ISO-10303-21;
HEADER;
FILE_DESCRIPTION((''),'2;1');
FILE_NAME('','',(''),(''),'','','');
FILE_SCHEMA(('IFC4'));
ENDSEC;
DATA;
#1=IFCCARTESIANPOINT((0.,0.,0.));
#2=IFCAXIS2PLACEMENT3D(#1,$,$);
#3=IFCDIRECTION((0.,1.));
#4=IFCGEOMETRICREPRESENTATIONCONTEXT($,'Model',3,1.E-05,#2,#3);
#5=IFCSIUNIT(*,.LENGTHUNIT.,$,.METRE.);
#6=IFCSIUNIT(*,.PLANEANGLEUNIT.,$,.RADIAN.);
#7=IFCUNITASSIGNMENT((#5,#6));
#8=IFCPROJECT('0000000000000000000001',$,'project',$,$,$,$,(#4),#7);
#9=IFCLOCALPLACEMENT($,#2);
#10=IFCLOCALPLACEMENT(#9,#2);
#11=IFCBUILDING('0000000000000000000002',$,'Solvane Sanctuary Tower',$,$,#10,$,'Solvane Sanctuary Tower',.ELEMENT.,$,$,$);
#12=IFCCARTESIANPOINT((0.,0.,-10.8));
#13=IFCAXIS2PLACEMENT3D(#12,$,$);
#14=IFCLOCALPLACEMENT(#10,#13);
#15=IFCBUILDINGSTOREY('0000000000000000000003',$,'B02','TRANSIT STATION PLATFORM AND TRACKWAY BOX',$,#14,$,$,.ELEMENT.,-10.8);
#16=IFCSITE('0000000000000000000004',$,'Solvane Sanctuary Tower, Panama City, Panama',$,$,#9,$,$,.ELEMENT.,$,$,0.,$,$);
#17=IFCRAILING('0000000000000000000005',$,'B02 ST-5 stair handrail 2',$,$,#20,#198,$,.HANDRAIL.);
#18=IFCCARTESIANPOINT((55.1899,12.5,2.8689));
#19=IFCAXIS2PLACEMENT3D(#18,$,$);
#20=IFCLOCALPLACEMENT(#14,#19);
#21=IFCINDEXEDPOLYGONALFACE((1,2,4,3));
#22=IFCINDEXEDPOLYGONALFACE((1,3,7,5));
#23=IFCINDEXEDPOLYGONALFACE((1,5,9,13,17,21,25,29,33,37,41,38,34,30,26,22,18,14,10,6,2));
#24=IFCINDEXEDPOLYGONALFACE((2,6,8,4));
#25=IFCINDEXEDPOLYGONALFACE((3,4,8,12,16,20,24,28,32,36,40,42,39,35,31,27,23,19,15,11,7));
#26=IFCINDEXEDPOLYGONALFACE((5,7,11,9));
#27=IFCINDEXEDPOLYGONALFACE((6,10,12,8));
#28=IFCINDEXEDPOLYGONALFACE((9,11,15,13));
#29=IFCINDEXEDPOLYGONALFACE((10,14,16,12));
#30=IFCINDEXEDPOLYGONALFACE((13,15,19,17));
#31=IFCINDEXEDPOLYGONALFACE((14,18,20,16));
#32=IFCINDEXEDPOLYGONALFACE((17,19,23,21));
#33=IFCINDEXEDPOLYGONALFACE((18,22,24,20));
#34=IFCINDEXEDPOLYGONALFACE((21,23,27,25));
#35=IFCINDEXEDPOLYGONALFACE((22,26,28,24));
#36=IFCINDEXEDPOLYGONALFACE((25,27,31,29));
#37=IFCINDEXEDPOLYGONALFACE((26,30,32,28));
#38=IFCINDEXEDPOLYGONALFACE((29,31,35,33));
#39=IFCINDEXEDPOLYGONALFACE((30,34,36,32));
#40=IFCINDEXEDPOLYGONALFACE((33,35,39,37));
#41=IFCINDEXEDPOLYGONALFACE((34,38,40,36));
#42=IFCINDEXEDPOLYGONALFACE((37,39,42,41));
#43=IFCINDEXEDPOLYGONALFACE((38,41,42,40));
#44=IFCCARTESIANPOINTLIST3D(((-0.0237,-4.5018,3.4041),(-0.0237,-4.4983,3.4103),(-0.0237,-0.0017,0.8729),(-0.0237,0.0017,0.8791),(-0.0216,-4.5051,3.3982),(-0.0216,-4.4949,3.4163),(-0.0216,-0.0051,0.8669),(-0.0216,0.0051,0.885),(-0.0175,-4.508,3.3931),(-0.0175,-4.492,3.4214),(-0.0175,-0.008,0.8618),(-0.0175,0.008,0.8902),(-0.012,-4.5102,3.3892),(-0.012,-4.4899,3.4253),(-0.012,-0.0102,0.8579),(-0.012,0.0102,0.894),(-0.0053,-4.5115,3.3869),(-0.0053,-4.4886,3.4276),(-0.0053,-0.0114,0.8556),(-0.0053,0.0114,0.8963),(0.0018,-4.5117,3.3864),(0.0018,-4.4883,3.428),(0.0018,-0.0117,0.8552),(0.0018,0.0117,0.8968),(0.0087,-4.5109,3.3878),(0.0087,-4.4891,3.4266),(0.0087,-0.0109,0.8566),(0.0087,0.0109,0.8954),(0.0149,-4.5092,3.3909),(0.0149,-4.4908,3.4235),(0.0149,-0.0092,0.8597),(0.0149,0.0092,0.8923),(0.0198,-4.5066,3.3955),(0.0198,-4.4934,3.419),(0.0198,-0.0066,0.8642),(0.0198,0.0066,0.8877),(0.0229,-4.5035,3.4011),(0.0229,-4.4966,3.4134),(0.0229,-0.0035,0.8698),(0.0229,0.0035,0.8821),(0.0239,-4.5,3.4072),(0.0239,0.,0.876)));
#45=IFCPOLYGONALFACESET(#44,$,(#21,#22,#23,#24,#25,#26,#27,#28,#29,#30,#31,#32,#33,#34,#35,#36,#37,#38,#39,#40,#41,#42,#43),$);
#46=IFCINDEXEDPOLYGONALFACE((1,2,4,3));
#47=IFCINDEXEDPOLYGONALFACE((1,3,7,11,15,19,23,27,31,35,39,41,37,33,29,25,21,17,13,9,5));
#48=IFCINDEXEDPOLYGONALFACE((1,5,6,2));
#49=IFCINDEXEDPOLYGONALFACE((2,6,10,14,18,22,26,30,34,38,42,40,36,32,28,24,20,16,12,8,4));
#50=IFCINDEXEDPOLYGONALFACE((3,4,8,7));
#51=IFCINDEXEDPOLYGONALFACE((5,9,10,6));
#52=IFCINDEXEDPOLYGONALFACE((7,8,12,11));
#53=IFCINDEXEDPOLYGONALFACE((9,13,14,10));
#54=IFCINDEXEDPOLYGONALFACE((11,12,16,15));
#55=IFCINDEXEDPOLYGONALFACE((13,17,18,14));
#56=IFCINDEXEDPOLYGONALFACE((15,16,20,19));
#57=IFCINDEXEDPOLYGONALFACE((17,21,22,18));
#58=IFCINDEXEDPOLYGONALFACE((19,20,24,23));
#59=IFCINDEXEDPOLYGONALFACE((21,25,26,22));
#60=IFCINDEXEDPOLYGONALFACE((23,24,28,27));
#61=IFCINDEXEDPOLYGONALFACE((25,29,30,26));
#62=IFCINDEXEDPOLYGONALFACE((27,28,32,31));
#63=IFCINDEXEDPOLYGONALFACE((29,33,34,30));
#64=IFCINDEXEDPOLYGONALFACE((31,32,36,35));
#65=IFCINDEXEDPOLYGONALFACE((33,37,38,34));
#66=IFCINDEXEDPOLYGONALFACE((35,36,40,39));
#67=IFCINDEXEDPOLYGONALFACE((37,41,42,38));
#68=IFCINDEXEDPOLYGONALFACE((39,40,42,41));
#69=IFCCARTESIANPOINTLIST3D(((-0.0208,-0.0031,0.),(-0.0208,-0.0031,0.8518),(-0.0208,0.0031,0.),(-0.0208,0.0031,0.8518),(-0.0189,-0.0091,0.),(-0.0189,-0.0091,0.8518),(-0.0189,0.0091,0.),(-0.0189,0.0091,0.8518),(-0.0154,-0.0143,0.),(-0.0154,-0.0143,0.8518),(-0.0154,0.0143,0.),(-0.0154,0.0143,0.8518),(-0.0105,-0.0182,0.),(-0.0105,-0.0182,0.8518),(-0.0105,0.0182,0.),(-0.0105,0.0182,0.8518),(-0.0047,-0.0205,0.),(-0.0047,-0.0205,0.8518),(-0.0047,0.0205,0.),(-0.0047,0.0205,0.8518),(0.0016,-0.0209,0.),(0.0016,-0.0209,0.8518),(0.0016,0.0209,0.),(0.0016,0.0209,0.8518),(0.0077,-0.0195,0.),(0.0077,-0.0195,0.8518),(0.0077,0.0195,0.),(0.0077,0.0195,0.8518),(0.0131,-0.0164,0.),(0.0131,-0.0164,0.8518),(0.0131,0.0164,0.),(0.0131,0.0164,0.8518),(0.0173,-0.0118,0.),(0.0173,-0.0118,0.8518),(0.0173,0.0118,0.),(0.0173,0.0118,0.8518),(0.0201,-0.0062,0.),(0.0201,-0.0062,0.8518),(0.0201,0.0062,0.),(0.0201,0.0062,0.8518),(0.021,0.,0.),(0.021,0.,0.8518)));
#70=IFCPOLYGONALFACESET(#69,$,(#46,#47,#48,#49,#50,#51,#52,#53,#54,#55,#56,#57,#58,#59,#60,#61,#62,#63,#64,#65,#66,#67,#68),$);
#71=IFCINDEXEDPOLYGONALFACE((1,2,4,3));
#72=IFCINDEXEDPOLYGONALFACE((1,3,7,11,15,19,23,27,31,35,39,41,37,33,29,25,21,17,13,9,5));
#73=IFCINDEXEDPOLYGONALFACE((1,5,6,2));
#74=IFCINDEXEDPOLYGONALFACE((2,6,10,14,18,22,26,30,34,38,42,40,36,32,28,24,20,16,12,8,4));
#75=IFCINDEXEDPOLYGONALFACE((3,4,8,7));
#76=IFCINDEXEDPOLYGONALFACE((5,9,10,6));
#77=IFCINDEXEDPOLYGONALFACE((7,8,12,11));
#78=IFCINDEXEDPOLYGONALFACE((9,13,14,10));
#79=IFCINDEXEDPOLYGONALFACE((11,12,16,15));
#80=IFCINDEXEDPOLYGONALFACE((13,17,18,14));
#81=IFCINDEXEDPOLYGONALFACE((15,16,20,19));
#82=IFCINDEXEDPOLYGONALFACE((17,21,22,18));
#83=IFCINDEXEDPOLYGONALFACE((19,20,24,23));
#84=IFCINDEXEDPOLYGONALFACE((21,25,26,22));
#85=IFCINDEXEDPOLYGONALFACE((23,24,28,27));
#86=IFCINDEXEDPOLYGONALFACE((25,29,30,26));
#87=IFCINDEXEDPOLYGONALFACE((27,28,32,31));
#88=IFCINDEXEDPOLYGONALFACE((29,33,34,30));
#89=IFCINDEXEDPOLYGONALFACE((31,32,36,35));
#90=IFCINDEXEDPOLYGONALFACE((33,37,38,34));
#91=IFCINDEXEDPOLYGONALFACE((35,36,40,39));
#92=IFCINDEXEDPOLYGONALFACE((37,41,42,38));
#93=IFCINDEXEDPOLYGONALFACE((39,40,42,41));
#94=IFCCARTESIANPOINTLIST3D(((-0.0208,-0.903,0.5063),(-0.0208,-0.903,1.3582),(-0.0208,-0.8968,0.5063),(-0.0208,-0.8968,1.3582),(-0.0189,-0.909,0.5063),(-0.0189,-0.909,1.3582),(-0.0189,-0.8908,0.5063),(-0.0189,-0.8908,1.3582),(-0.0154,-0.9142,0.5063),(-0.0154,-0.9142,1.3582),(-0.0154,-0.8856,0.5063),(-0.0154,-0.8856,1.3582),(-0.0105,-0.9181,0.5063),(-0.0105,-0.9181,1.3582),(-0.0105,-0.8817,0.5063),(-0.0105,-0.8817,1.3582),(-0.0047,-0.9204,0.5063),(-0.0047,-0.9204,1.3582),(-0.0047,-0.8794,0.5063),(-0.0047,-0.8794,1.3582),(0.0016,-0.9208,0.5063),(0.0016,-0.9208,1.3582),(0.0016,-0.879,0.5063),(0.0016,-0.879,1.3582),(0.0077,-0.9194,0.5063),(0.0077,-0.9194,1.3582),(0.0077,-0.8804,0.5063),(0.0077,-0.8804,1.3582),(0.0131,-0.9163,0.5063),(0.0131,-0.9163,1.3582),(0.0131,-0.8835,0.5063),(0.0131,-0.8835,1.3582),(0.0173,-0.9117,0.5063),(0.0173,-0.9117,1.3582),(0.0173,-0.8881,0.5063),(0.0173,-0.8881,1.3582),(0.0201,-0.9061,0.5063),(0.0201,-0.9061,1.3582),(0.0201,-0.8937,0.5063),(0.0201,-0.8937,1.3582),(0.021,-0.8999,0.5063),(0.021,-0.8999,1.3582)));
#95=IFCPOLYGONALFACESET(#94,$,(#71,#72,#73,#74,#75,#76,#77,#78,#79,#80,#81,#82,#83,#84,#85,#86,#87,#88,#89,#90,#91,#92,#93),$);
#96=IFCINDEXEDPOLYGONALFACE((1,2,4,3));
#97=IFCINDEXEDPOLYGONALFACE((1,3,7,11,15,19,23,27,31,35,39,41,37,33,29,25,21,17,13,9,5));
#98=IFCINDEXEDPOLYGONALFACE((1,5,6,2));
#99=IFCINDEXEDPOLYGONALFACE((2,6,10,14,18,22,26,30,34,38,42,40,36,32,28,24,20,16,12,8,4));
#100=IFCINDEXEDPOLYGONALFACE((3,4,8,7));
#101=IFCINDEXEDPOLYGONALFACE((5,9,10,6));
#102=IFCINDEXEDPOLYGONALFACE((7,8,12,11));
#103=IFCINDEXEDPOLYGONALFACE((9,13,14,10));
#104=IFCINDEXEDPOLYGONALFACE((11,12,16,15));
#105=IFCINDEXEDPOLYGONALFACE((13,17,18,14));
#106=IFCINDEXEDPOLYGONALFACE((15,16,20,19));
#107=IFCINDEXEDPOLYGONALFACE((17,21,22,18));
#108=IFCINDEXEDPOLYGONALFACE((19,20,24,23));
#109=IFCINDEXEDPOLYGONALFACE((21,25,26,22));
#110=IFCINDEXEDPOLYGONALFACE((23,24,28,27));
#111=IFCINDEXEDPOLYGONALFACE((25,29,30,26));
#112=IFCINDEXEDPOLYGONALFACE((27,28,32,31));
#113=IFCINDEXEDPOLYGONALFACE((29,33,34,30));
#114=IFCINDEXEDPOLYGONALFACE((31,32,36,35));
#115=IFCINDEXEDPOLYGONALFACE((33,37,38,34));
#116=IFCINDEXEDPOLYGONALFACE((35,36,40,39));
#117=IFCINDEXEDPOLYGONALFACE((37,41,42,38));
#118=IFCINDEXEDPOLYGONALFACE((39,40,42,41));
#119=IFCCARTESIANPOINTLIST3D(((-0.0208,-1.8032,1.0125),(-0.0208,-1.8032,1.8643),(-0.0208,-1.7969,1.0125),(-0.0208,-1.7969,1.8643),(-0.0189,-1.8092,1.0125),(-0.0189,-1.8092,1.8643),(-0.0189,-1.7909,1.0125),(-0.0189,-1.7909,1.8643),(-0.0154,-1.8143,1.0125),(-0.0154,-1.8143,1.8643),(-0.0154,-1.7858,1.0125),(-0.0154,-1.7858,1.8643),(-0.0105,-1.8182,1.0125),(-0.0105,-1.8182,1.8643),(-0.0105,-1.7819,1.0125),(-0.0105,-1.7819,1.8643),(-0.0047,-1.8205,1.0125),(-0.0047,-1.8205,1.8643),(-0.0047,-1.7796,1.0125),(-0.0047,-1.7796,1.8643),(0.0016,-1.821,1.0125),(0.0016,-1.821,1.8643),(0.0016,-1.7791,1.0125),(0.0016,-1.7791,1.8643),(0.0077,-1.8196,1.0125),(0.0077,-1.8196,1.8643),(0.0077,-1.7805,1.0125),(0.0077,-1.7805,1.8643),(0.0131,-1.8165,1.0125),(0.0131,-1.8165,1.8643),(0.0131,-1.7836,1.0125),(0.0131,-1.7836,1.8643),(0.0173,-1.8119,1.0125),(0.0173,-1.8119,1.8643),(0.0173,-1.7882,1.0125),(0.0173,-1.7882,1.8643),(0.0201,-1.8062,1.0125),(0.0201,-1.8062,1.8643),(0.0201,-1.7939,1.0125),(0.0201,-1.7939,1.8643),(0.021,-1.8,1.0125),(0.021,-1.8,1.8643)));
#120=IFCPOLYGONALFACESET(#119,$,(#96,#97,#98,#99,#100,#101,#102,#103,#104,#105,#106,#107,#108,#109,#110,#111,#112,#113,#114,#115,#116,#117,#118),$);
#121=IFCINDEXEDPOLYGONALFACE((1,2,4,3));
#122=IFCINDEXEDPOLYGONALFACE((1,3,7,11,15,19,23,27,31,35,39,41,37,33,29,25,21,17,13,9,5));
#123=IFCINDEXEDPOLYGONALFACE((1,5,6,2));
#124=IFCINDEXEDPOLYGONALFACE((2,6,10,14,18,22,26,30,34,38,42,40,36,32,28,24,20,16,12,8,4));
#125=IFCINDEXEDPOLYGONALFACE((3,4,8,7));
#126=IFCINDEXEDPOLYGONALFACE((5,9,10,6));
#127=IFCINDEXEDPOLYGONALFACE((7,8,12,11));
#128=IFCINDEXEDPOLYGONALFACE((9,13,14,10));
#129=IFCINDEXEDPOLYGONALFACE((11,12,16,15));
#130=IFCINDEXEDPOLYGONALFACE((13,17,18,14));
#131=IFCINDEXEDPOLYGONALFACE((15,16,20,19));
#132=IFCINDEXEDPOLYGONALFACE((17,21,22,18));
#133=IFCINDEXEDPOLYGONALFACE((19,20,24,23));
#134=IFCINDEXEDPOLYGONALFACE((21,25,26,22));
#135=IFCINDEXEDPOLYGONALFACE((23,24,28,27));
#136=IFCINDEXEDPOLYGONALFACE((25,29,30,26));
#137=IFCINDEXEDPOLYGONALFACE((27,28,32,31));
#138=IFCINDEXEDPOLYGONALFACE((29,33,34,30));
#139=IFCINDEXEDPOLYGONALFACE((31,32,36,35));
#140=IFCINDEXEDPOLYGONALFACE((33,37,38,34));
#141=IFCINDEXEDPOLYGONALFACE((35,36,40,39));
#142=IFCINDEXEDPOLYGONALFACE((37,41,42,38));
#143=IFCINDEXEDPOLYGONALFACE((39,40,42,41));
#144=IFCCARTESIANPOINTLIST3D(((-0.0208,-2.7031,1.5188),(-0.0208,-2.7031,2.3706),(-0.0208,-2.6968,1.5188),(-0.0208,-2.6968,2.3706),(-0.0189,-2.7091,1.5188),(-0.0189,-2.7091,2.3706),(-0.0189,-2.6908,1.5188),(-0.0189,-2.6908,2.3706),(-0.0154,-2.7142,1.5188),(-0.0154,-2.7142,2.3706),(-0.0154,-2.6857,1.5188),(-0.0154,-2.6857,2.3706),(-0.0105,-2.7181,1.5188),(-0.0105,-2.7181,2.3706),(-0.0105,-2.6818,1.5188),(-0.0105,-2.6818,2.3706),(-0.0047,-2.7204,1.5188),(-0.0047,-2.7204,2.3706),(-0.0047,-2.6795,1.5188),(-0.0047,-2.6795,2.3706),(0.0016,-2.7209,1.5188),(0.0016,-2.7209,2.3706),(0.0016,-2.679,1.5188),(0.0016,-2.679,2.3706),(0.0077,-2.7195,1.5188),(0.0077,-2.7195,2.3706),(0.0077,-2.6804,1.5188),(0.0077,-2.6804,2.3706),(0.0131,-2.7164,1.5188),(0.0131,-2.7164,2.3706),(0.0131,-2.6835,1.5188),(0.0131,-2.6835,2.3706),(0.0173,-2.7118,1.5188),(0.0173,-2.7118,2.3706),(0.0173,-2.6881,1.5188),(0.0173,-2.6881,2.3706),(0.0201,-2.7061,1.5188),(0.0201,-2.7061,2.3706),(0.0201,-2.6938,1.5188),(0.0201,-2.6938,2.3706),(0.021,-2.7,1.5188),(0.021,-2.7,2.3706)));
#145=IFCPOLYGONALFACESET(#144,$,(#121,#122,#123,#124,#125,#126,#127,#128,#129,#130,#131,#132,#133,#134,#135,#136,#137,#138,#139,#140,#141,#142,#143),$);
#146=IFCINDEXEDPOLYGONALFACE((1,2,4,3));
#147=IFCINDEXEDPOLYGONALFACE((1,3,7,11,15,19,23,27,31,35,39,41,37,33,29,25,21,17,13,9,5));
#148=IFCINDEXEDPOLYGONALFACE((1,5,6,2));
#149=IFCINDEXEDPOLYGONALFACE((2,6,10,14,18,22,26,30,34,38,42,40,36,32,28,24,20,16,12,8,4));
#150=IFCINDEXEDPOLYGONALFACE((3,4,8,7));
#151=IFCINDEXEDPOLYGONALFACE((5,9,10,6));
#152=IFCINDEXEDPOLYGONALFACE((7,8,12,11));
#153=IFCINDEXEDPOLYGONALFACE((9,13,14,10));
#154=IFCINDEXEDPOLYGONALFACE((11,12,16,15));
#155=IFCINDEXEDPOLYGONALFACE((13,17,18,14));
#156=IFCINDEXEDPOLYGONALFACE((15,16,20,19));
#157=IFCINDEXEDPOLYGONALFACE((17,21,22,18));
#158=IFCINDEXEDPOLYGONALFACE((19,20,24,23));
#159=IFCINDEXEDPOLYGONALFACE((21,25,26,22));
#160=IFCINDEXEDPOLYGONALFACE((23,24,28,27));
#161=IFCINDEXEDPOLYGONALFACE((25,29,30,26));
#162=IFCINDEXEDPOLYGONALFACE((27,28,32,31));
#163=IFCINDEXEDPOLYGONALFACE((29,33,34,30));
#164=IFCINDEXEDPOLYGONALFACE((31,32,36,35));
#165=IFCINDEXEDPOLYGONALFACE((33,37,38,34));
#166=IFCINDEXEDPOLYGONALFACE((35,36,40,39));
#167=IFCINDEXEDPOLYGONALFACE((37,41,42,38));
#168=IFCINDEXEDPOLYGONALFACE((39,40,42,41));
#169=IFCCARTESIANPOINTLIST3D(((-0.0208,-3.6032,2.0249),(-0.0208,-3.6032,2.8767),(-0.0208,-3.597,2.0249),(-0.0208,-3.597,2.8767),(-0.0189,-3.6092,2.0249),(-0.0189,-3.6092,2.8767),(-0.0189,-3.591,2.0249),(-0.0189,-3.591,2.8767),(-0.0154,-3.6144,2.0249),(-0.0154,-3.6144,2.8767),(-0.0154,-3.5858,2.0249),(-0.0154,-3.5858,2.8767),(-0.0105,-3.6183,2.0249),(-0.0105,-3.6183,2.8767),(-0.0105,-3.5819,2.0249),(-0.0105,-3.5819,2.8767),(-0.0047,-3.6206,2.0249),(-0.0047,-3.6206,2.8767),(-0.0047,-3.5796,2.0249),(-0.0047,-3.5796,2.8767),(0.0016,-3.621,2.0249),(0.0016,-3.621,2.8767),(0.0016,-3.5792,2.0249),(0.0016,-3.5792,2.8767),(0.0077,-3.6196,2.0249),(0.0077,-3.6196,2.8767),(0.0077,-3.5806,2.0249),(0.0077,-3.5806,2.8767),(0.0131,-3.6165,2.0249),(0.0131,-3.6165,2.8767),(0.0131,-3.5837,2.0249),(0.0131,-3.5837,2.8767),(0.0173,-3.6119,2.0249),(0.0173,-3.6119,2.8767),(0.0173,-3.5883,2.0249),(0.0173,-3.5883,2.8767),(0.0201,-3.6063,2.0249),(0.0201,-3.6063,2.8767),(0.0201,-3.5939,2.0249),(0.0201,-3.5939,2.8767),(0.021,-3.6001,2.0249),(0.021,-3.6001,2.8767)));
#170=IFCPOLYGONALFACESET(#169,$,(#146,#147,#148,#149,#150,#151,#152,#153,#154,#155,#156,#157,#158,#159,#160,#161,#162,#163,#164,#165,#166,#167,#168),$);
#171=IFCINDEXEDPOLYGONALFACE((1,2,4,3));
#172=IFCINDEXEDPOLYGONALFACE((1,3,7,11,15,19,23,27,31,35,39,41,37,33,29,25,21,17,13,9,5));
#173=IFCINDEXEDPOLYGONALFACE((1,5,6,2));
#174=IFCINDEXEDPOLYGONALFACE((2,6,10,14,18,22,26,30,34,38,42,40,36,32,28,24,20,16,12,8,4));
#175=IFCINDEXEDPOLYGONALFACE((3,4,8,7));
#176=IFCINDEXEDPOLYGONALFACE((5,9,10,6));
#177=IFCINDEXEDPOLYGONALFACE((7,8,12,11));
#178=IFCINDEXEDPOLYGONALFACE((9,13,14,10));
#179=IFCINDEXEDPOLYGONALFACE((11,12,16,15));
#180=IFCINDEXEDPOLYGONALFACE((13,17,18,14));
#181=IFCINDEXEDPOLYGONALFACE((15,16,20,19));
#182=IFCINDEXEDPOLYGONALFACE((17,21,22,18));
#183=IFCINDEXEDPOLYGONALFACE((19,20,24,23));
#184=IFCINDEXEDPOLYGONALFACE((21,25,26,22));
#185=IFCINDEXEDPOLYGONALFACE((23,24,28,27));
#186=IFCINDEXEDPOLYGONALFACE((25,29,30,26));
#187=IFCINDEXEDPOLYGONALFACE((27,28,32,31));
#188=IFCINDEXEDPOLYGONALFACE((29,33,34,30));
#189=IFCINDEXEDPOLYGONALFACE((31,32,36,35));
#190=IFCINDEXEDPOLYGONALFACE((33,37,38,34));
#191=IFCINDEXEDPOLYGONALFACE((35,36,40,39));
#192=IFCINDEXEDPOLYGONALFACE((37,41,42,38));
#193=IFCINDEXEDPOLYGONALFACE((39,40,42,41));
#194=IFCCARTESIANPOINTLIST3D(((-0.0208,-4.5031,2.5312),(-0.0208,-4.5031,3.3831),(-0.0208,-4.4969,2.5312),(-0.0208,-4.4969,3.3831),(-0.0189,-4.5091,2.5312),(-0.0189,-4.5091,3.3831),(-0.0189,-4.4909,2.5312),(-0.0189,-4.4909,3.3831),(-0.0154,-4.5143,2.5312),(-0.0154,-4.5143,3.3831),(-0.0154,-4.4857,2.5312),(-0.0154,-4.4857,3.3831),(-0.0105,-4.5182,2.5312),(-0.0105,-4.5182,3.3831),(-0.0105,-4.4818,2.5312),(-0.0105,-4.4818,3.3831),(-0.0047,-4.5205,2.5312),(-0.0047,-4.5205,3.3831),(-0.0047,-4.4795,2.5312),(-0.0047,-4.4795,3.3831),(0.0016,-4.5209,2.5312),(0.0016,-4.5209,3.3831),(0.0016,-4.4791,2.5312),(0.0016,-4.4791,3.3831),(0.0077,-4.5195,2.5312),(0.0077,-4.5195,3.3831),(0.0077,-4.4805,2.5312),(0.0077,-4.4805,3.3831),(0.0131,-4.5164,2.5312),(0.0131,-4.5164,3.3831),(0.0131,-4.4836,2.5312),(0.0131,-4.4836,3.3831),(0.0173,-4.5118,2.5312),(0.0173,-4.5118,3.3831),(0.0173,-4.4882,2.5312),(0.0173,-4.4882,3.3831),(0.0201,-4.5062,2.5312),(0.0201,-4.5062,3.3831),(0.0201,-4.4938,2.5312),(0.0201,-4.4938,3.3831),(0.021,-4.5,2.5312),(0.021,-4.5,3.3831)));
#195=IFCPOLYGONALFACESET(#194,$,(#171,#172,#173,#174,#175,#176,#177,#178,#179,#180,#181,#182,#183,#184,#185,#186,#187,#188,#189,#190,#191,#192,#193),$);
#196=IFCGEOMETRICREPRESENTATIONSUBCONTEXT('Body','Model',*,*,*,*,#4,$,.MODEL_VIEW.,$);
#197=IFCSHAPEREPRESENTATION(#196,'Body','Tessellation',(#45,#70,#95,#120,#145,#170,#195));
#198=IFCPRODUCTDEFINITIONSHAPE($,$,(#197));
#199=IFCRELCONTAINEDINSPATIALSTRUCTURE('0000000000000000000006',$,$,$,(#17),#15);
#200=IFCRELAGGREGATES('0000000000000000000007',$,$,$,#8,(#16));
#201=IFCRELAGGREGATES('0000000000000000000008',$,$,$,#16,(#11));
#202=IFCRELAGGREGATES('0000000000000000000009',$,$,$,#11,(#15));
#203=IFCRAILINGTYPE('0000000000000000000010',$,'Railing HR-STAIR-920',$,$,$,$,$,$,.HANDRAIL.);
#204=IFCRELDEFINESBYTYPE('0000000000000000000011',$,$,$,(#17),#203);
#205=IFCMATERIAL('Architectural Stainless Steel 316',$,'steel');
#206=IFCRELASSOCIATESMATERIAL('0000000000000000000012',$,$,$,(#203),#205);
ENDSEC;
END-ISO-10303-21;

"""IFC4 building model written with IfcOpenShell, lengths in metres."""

from ifc_helpers import new_model, si_unit, direction, frame, origin, origin_2d, place, context, subcontext, project, spatial, circle, extrude, material, type_object, element, save


model = new_model("IFC4")

# Units and contexts
model_context = context("Model", 3, precision=1e-05, world=origin(), true_north=direction((0.0, 1.0)))
body_context = subcontext(model_context, "Body", "Model", "MODEL_VIEW")
ifc_project = project(units=[si_unit("LENGTHUNIT", "METRE"), si_unit("PLANEANGLEUNIT", "RADIAN")], contexts=[model_context])

# Site, building, storey
site_placement = place(None, origin())
site = spatial("IfcSite", under=ifc_project, at=site_placement, Name="Solvane Sanctuary Tower, Panama City, Panama", CompositionType="ELEMENT", RefElevation=0.0)
building_placement = place(site_placement, origin())
building = spatial("IfcBuilding", under=site, at=building_placement, Name="Solvane Sanctuary Tower", LongName="Solvane Sanctuary Tower", CompositionType="ELEMENT")
storey_placement = place(building_placement, frame((0.0, 0.0, -10.8)))
storey = spatial("IfcBuildingStorey", under=building, at=storey_placement, Name="B02", Description="TRANSIT STATION PLATFORM AND TRACKWAY BOX", CompositionType="ELEMENT", Elevation=-10.8)

# Shared definitions
ifc_material_1 = material(Name="Architectural Stainless Steel 316", Category="steel")

# Railing
railing_type_1 = type_object("IfcRailingType", Name="Railing HR-STAIR-920", PredefinedType="HANDRAIL", material=ifc_material_1)
railing_1_placement = place(storey_placement, frame((55.1899, 12.5, 2.8689)))
element("IfcRailing", 1, at=railing_1_placement, inside=storey, type_object=railing_type_1, Name="B02 ST-5 stair handrail 2", PredefinedType="HANDRAIL", context=body_context, shape_type="SweptSolid", body=[
    extrude(circle(Radius=0.0239, at=origin_2d()), frame((0.0, 0.0, 0.876), z_axis=(0.0, -0.871576, 0.490261), x_axis=(1.0, 0.0, 0.0)), (0.0, 0.0, 1.0), 5.1631),
    extrude(circle(Radius=0.021, at=origin_2d()), origin(), (0.0, 0.0, 1.0), 0.8518),
    extrude(circle(Radius=0.021, at=origin_2d()), frame((0.0, -0.8999, 0.5063)), (0.0, 0.0, 1.0), 0.8518),
    extrude(circle(Radius=0.021, at=origin_2d()), frame((0.0, -1.8, 1.0125)), (0.0, 0.0, 1.0), 0.8518),
    extrude(circle(Radius=0.021, at=origin_2d()), frame((0.0, -2.7, 1.5188)), (0.0, 0.0, 1.0), 0.8518),
    extrude(circle(Radius=0.021, at=origin_2d()), frame((0.0, -3.6001, 2.0249)), (0.0, 0.0, 1.0), 0.8518),
    extrude(circle(Radius=0.021, at=origin_2d()), frame((0.0, -4.5, 2.5312)), (0.0, 0.0, 1.0), 0.8518),
])

save(model, "model.ifc")
